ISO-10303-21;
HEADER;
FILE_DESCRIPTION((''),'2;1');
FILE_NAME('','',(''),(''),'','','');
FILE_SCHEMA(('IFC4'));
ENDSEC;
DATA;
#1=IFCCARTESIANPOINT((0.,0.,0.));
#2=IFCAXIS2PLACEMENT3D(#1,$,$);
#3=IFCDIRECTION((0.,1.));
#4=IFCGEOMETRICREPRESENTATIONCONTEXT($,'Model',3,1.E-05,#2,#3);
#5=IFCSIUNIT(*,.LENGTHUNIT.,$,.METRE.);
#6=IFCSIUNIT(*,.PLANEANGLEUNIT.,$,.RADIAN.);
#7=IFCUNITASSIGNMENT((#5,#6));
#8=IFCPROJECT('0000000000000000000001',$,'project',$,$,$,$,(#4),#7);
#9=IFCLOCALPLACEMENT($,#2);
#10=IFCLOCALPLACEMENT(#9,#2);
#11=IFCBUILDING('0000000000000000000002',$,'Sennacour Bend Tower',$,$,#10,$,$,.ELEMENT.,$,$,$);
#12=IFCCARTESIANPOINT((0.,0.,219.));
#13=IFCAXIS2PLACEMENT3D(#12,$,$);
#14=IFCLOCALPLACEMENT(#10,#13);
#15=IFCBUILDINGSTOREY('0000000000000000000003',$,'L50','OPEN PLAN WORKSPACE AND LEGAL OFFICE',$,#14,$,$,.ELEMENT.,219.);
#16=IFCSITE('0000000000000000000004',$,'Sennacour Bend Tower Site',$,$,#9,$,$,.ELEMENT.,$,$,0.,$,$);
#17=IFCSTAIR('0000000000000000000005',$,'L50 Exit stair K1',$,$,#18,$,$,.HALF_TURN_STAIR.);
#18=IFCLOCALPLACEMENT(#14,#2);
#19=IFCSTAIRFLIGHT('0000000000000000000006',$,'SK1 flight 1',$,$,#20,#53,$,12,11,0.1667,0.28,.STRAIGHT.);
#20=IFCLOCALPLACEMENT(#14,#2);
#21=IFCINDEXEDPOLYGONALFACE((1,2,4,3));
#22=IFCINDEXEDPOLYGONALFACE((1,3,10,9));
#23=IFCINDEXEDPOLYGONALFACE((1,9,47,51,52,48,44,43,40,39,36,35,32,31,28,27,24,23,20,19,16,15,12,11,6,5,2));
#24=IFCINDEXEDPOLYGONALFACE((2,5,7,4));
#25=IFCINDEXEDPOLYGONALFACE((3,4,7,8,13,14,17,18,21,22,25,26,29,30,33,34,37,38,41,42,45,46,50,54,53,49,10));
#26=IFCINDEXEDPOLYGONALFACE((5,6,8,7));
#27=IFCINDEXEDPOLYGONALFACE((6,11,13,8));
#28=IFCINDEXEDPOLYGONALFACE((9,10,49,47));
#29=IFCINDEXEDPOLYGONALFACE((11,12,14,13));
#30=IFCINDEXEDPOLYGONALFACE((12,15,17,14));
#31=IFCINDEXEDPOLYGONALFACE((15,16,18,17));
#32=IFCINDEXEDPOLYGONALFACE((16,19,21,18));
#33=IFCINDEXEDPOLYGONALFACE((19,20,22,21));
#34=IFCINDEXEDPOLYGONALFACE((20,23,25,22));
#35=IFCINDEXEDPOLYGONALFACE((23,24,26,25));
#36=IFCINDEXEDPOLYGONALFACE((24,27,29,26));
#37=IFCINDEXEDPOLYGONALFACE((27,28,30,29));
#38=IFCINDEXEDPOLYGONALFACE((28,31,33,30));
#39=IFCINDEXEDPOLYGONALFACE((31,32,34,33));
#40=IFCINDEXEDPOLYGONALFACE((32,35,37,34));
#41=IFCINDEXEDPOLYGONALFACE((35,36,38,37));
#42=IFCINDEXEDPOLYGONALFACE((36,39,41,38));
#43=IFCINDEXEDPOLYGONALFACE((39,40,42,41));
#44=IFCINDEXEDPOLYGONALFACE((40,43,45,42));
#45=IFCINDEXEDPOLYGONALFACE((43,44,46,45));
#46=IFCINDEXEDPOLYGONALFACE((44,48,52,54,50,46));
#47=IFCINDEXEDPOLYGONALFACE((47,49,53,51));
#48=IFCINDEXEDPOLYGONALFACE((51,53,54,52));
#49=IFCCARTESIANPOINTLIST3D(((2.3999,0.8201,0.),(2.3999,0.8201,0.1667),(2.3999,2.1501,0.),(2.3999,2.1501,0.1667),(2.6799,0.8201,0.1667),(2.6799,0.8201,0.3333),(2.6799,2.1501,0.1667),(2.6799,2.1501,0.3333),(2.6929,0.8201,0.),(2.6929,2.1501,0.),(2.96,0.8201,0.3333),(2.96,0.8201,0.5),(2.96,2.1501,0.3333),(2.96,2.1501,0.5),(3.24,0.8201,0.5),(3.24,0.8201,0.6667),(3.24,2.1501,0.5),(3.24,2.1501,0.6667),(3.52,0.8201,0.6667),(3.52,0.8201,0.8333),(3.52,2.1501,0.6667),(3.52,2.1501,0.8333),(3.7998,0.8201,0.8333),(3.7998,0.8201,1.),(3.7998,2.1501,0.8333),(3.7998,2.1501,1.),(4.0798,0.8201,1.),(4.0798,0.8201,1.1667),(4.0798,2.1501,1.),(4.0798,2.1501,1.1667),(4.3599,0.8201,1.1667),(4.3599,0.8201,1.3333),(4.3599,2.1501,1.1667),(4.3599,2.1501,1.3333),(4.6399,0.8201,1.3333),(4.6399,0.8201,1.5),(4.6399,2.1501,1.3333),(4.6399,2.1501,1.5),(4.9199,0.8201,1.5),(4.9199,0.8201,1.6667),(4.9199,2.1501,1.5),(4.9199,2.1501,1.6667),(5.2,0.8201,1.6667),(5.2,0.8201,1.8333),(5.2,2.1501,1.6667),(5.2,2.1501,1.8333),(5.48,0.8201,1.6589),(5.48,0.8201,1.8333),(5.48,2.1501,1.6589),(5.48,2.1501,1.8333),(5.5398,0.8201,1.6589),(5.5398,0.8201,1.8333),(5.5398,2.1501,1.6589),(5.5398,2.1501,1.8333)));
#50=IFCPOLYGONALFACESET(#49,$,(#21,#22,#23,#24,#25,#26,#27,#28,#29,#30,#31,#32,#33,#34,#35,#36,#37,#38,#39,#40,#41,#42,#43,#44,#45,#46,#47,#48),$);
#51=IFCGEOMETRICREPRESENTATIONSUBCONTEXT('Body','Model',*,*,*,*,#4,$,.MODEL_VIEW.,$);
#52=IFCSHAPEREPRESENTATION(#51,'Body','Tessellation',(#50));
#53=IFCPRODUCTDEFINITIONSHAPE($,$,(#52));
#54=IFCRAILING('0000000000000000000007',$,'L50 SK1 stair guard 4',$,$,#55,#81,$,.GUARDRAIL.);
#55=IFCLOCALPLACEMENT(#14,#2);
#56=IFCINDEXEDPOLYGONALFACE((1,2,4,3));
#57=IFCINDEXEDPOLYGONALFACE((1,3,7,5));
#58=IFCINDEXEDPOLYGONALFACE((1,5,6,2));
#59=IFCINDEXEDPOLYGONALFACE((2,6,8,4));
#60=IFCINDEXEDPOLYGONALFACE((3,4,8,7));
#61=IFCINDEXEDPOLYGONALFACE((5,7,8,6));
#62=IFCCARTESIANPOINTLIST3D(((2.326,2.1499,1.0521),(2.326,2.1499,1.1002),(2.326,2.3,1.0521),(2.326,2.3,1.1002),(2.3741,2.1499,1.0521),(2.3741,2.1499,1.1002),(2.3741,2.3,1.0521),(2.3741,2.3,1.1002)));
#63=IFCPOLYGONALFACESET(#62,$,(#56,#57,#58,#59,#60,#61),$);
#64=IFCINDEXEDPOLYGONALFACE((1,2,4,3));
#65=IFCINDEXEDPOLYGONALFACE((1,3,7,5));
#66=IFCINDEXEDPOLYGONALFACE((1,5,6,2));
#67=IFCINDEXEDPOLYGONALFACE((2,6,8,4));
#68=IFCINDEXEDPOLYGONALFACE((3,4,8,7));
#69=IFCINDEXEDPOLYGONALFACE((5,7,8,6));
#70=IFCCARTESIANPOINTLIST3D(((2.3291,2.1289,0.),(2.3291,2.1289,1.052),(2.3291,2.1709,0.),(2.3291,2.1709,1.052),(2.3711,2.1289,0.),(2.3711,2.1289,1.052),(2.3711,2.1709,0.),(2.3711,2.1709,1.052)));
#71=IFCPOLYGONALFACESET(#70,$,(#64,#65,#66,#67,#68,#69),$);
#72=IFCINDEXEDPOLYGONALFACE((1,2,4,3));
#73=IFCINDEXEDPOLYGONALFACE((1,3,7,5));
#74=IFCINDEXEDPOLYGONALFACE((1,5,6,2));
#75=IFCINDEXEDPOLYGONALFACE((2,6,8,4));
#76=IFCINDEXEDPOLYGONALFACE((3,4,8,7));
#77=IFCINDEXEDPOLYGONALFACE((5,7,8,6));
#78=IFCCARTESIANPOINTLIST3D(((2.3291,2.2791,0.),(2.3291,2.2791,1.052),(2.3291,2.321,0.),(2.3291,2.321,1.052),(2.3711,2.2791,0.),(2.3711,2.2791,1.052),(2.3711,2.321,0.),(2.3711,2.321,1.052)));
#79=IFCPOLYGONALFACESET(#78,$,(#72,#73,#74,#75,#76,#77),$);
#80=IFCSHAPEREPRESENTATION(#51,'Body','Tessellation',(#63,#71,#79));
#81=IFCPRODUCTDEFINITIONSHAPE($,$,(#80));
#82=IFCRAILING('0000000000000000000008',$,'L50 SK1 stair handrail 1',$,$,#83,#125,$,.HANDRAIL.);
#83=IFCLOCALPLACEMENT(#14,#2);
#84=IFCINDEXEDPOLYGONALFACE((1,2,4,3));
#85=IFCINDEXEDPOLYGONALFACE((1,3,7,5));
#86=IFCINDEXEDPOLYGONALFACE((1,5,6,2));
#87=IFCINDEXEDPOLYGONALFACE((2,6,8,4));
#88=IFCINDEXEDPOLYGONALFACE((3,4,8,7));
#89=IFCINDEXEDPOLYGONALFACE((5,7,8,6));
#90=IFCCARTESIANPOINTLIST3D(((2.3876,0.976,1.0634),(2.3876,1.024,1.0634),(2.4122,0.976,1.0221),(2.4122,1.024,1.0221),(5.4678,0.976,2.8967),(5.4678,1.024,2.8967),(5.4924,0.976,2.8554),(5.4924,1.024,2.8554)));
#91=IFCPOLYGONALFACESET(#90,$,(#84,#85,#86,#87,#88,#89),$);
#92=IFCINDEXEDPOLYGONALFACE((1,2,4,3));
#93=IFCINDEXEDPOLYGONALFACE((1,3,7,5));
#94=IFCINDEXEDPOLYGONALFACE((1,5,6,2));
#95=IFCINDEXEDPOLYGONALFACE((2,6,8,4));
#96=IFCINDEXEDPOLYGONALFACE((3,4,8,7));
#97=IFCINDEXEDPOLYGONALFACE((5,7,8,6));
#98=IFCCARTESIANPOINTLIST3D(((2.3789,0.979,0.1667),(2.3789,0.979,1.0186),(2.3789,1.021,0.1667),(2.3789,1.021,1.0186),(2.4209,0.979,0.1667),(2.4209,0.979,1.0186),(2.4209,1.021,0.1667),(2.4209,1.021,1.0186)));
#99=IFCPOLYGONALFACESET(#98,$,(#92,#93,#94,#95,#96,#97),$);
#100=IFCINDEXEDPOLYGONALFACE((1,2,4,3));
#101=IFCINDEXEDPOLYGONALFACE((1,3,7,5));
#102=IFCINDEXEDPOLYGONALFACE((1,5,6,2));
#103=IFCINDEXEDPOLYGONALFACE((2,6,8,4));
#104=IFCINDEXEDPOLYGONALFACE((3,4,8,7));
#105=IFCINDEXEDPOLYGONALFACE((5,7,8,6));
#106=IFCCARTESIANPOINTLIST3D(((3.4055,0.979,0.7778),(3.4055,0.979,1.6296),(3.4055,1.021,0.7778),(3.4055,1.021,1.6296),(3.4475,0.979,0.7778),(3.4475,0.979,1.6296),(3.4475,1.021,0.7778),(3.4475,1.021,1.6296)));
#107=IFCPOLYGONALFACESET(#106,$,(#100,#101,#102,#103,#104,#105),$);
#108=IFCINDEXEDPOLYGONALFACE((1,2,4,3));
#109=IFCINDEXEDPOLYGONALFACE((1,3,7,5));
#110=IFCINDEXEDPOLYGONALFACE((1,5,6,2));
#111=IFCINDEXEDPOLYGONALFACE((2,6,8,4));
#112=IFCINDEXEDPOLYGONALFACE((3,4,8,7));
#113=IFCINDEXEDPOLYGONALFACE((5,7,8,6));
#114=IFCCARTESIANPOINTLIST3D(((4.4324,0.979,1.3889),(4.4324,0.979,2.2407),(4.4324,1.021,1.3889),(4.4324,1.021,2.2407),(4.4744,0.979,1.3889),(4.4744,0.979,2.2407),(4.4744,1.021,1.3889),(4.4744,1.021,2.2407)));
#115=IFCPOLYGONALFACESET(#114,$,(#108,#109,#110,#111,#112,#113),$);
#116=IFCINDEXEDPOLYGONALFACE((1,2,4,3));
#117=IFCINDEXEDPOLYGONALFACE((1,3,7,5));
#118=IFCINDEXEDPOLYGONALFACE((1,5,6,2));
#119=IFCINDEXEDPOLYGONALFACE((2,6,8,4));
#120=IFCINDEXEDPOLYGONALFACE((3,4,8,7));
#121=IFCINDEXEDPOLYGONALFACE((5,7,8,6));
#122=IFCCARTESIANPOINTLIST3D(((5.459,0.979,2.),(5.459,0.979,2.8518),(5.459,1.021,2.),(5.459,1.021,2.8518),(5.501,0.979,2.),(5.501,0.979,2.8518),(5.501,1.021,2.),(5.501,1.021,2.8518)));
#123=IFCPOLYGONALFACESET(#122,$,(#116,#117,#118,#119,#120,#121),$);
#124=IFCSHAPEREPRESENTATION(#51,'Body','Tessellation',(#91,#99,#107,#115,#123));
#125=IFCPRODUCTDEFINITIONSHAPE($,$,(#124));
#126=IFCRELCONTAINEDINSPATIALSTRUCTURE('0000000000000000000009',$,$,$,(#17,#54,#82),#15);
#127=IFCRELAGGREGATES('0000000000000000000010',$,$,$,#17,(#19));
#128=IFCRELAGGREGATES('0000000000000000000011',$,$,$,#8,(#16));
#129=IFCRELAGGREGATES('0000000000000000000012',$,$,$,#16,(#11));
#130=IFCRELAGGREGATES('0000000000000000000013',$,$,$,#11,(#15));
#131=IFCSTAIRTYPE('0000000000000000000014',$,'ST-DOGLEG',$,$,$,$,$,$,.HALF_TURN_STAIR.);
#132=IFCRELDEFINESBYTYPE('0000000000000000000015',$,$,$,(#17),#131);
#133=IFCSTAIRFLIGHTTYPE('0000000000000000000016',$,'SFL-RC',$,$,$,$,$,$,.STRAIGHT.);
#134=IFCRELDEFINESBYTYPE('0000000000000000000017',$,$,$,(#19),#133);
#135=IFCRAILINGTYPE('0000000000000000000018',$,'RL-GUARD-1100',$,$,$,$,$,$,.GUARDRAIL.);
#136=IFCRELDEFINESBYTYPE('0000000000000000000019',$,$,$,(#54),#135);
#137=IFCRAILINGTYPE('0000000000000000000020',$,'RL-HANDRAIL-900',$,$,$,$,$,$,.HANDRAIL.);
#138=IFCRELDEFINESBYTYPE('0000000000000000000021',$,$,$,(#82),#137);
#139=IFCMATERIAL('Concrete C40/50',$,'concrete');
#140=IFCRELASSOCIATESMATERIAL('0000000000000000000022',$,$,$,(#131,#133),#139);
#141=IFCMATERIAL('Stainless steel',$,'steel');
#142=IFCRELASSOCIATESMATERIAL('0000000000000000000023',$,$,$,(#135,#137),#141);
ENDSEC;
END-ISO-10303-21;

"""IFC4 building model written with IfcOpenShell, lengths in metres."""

from ifc_helpers import new_model, si_unit, direction, frame, origin, origin_2d, place, context, subcontext, project, spatial, polyline, rectangle, outline, extrude, material, type_object, element, aggregate, save


model = new_model("IFC4")

# Units and contexts
model_context = context("Model", 3, precision=1e-05, world=origin(), true_north=direction((0.0, 1.0)))
body_context = subcontext(model_context, "Body", "Model", "MODEL_VIEW")
ifc_project = project(units=[si_unit("LENGTHUNIT", "METRE"), si_unit("PLANEANGLEUNIT", "RADIAN")], contexts=[model_context])

# Site, building, storey
site_placement = place(None, origin())
site = spatial("IfcSite", under=ifc_project, at=site_placement, Name="Sennacour Bend Tower Site", CompositionType="ELEMENT", RefElevation=0.0)
building_placement = place(site_placement, origin())
building = spatial("IfcBuilding", under=site, at=building_placement, Name="Sennacour Bend Tower", CompositionType="ELEMENT")
storey_placement = place(building_placement, frame((0.0, 0.0, 219.0)))
storey = spatial("IfcBuildingStorey", under=building, at=storey_placement, Name="L50", Description="OPEN PLAN WORKSPACE AND LEGAL OFFICE", CompositionType="ELEMENT", Elevation=219.0)

# Stair, stair flight
ifc_material_1 = material(Name="Concrete C40/50", Category="concrete")
stair_type = type_object("IfcStairType", Name="ST-DOGLEG", PredefinedType="HALF_TURN_STAIR", material=ifc_material_1)
stair_placement = place(storey_placement, origin())
stair = element("IfcStair", 1, at=stair_placement, inside=storey, type_object=stair_type, Name="L50 Exit stair K1", PredefinedType="HALF_TURN_STAIR")
stair_flight_type = type_object("IfcStairFlightType", Name="SFL-RC", PredefinedType="STRAIGHT", material=ifc_material_1)
stair_flight_placement = place(storey_placement, frame((2.3999, 1.4851, 0.0), z_axis=(0.0, 0.0, 1.0), x_axis=(1.0, 0.0, 0.0)))
stair_flight = element("IfcStairFlight", 2, at=stair_flight_placement, type_object=stair_flight_type, Name="SK1 flight 1", NumberOfRisers=12, NumberOfTreads=11, PredefinedType="STRAIGHT", RiserHeight=0.1667, TreadLength=0.28, context=body_context, shape_type="SweptSolid", body=[
    extrude(outline(polyline([(0.0, 0.0), (0.0, 0.1667), (0.28, 0.1667), (0.28, 0.3333), (0.5601, 0.3333), (0.5601, 0.5), (0.8401, 0.5), (0.8401, 0.6667), (1.1201, 0.6667), (1.1201, 0.8333), (1.3999, 0.8333), (1.3999, 1.0), (1.6799, 1.0), (1.6799, 1.1667), (1.96, 1.1667), (1.96, 1.3333), (2.24, 1.3333), (2.24, 1.5), (2.52, 1.5), (2.52, 1.6667), (2.8, 1.6667), (2.8, 1.8333), (3.0801, 1.8333), (3.1399, 1.8333), (3.1399, 1.6589), (3.0801, 1.6589), (0.293, 0.0), (0.0, 0.0)])), frame((0.0, 0.665, 0.0), z_axis=(0.0, -1.0, 0.0), x_axis=(1.0, 0.0, 0.0)), (0.0, 0.0, 1.0), 1.3301),
])
aggregate(stair, [stair_flight])

# Railings
ifc_material_2 = material(Name="Stainless steel", Category="steel")
railing_type_1 = type_object("IfcRailingType", Name="RL-GUARD-1100", PredefinedType="GUARDRAIL", material=ifc_material_2)
railing_1_placement = place(storey_placement, frame((2.3501, 2.1499, 0.0)))
element("IfcRailing", 3, at=railing_1_placement, inside=storey, type_object=railing_type_1, Name="L50 SK1 stair guard 4", PredefinedType="GUARDRAIL", context=body_context, shape_type="SweptSolid", body=[
    extrude(rectangle(XDim=0.0481, YDim=0.0481, at=origin_2d()), frame((0.0, 0.0, 1.0762), z_axis=(0.0, 1.0, 0.0), x_axis=(-1.0, 0.0, 0.0)), (0.0, 0.0, 1.0), 0.1501),
    extrude(rectangle(XDim=0.042, YDim=0.042, at=origin_2d()), origin(), (0.0, 0.0, 1.0), 1.052),
    extrude(rectangle(XDim=0.042, YDim=0.042, at=origin_2d()), frame((0.0, 0.1501, 0.0)), (0.0, 0.0, 1.0), 1.052),
])
railing_type_2 = type_object("IfcRailingType", Name="RL-HANDRAIL-900", PredefinedType="HANDRAIL", material=ifc_material_2)
railing_2_placement = place(storey_placement, frame((2.3999, 1.0, 0.1667)))
element("IfcRailing", 4, at=railing_2_placement, inside=storey, type_object=railing_type_2, Name="L50 SK1 stair handrail 1", PredefinedType="HANDRAIL", context=body_context, shape_type="SweptSolid", body=[
    extrude(rectangle(XDim=0.0481, YDim=0.0481, at=origin_2d()), frame((0.0, 0.0, 0.876), z_axis=(0.859309, 0.0, 0.511458), x_axis=(0.0, 1.0, 0.0)), (0.0, 0.0, 1.0), 3.5845),
    extrude(rectangle(XDim=0.042, YDim=0.042, at=origin_2d()), origin(), (0.0, 0.0, 1.0), 0.8518),
    extrude(rectangle(XDim=0.042, YDim=0.042, at=origin_2d()), frame((1.0266, 0.0, 0.6111)), (0.0, 0.0, 1.0), 0.8518),
    extrude(rectangle(XDim=0.042, YDim=0.042, at=origin_2d()), frame((2.0535, 0.0, 1.2222)), (0.0, 0.0, 1.0), 0.8518),
    extrude(rectangle(XDim=0.042, YDim=0.042, at=origin_2d()), frame((3.0801, 0.0, 1.8333)), (0.0, 0.0, 1.0), 0.8518),
])

save(model, "model.ifc")
